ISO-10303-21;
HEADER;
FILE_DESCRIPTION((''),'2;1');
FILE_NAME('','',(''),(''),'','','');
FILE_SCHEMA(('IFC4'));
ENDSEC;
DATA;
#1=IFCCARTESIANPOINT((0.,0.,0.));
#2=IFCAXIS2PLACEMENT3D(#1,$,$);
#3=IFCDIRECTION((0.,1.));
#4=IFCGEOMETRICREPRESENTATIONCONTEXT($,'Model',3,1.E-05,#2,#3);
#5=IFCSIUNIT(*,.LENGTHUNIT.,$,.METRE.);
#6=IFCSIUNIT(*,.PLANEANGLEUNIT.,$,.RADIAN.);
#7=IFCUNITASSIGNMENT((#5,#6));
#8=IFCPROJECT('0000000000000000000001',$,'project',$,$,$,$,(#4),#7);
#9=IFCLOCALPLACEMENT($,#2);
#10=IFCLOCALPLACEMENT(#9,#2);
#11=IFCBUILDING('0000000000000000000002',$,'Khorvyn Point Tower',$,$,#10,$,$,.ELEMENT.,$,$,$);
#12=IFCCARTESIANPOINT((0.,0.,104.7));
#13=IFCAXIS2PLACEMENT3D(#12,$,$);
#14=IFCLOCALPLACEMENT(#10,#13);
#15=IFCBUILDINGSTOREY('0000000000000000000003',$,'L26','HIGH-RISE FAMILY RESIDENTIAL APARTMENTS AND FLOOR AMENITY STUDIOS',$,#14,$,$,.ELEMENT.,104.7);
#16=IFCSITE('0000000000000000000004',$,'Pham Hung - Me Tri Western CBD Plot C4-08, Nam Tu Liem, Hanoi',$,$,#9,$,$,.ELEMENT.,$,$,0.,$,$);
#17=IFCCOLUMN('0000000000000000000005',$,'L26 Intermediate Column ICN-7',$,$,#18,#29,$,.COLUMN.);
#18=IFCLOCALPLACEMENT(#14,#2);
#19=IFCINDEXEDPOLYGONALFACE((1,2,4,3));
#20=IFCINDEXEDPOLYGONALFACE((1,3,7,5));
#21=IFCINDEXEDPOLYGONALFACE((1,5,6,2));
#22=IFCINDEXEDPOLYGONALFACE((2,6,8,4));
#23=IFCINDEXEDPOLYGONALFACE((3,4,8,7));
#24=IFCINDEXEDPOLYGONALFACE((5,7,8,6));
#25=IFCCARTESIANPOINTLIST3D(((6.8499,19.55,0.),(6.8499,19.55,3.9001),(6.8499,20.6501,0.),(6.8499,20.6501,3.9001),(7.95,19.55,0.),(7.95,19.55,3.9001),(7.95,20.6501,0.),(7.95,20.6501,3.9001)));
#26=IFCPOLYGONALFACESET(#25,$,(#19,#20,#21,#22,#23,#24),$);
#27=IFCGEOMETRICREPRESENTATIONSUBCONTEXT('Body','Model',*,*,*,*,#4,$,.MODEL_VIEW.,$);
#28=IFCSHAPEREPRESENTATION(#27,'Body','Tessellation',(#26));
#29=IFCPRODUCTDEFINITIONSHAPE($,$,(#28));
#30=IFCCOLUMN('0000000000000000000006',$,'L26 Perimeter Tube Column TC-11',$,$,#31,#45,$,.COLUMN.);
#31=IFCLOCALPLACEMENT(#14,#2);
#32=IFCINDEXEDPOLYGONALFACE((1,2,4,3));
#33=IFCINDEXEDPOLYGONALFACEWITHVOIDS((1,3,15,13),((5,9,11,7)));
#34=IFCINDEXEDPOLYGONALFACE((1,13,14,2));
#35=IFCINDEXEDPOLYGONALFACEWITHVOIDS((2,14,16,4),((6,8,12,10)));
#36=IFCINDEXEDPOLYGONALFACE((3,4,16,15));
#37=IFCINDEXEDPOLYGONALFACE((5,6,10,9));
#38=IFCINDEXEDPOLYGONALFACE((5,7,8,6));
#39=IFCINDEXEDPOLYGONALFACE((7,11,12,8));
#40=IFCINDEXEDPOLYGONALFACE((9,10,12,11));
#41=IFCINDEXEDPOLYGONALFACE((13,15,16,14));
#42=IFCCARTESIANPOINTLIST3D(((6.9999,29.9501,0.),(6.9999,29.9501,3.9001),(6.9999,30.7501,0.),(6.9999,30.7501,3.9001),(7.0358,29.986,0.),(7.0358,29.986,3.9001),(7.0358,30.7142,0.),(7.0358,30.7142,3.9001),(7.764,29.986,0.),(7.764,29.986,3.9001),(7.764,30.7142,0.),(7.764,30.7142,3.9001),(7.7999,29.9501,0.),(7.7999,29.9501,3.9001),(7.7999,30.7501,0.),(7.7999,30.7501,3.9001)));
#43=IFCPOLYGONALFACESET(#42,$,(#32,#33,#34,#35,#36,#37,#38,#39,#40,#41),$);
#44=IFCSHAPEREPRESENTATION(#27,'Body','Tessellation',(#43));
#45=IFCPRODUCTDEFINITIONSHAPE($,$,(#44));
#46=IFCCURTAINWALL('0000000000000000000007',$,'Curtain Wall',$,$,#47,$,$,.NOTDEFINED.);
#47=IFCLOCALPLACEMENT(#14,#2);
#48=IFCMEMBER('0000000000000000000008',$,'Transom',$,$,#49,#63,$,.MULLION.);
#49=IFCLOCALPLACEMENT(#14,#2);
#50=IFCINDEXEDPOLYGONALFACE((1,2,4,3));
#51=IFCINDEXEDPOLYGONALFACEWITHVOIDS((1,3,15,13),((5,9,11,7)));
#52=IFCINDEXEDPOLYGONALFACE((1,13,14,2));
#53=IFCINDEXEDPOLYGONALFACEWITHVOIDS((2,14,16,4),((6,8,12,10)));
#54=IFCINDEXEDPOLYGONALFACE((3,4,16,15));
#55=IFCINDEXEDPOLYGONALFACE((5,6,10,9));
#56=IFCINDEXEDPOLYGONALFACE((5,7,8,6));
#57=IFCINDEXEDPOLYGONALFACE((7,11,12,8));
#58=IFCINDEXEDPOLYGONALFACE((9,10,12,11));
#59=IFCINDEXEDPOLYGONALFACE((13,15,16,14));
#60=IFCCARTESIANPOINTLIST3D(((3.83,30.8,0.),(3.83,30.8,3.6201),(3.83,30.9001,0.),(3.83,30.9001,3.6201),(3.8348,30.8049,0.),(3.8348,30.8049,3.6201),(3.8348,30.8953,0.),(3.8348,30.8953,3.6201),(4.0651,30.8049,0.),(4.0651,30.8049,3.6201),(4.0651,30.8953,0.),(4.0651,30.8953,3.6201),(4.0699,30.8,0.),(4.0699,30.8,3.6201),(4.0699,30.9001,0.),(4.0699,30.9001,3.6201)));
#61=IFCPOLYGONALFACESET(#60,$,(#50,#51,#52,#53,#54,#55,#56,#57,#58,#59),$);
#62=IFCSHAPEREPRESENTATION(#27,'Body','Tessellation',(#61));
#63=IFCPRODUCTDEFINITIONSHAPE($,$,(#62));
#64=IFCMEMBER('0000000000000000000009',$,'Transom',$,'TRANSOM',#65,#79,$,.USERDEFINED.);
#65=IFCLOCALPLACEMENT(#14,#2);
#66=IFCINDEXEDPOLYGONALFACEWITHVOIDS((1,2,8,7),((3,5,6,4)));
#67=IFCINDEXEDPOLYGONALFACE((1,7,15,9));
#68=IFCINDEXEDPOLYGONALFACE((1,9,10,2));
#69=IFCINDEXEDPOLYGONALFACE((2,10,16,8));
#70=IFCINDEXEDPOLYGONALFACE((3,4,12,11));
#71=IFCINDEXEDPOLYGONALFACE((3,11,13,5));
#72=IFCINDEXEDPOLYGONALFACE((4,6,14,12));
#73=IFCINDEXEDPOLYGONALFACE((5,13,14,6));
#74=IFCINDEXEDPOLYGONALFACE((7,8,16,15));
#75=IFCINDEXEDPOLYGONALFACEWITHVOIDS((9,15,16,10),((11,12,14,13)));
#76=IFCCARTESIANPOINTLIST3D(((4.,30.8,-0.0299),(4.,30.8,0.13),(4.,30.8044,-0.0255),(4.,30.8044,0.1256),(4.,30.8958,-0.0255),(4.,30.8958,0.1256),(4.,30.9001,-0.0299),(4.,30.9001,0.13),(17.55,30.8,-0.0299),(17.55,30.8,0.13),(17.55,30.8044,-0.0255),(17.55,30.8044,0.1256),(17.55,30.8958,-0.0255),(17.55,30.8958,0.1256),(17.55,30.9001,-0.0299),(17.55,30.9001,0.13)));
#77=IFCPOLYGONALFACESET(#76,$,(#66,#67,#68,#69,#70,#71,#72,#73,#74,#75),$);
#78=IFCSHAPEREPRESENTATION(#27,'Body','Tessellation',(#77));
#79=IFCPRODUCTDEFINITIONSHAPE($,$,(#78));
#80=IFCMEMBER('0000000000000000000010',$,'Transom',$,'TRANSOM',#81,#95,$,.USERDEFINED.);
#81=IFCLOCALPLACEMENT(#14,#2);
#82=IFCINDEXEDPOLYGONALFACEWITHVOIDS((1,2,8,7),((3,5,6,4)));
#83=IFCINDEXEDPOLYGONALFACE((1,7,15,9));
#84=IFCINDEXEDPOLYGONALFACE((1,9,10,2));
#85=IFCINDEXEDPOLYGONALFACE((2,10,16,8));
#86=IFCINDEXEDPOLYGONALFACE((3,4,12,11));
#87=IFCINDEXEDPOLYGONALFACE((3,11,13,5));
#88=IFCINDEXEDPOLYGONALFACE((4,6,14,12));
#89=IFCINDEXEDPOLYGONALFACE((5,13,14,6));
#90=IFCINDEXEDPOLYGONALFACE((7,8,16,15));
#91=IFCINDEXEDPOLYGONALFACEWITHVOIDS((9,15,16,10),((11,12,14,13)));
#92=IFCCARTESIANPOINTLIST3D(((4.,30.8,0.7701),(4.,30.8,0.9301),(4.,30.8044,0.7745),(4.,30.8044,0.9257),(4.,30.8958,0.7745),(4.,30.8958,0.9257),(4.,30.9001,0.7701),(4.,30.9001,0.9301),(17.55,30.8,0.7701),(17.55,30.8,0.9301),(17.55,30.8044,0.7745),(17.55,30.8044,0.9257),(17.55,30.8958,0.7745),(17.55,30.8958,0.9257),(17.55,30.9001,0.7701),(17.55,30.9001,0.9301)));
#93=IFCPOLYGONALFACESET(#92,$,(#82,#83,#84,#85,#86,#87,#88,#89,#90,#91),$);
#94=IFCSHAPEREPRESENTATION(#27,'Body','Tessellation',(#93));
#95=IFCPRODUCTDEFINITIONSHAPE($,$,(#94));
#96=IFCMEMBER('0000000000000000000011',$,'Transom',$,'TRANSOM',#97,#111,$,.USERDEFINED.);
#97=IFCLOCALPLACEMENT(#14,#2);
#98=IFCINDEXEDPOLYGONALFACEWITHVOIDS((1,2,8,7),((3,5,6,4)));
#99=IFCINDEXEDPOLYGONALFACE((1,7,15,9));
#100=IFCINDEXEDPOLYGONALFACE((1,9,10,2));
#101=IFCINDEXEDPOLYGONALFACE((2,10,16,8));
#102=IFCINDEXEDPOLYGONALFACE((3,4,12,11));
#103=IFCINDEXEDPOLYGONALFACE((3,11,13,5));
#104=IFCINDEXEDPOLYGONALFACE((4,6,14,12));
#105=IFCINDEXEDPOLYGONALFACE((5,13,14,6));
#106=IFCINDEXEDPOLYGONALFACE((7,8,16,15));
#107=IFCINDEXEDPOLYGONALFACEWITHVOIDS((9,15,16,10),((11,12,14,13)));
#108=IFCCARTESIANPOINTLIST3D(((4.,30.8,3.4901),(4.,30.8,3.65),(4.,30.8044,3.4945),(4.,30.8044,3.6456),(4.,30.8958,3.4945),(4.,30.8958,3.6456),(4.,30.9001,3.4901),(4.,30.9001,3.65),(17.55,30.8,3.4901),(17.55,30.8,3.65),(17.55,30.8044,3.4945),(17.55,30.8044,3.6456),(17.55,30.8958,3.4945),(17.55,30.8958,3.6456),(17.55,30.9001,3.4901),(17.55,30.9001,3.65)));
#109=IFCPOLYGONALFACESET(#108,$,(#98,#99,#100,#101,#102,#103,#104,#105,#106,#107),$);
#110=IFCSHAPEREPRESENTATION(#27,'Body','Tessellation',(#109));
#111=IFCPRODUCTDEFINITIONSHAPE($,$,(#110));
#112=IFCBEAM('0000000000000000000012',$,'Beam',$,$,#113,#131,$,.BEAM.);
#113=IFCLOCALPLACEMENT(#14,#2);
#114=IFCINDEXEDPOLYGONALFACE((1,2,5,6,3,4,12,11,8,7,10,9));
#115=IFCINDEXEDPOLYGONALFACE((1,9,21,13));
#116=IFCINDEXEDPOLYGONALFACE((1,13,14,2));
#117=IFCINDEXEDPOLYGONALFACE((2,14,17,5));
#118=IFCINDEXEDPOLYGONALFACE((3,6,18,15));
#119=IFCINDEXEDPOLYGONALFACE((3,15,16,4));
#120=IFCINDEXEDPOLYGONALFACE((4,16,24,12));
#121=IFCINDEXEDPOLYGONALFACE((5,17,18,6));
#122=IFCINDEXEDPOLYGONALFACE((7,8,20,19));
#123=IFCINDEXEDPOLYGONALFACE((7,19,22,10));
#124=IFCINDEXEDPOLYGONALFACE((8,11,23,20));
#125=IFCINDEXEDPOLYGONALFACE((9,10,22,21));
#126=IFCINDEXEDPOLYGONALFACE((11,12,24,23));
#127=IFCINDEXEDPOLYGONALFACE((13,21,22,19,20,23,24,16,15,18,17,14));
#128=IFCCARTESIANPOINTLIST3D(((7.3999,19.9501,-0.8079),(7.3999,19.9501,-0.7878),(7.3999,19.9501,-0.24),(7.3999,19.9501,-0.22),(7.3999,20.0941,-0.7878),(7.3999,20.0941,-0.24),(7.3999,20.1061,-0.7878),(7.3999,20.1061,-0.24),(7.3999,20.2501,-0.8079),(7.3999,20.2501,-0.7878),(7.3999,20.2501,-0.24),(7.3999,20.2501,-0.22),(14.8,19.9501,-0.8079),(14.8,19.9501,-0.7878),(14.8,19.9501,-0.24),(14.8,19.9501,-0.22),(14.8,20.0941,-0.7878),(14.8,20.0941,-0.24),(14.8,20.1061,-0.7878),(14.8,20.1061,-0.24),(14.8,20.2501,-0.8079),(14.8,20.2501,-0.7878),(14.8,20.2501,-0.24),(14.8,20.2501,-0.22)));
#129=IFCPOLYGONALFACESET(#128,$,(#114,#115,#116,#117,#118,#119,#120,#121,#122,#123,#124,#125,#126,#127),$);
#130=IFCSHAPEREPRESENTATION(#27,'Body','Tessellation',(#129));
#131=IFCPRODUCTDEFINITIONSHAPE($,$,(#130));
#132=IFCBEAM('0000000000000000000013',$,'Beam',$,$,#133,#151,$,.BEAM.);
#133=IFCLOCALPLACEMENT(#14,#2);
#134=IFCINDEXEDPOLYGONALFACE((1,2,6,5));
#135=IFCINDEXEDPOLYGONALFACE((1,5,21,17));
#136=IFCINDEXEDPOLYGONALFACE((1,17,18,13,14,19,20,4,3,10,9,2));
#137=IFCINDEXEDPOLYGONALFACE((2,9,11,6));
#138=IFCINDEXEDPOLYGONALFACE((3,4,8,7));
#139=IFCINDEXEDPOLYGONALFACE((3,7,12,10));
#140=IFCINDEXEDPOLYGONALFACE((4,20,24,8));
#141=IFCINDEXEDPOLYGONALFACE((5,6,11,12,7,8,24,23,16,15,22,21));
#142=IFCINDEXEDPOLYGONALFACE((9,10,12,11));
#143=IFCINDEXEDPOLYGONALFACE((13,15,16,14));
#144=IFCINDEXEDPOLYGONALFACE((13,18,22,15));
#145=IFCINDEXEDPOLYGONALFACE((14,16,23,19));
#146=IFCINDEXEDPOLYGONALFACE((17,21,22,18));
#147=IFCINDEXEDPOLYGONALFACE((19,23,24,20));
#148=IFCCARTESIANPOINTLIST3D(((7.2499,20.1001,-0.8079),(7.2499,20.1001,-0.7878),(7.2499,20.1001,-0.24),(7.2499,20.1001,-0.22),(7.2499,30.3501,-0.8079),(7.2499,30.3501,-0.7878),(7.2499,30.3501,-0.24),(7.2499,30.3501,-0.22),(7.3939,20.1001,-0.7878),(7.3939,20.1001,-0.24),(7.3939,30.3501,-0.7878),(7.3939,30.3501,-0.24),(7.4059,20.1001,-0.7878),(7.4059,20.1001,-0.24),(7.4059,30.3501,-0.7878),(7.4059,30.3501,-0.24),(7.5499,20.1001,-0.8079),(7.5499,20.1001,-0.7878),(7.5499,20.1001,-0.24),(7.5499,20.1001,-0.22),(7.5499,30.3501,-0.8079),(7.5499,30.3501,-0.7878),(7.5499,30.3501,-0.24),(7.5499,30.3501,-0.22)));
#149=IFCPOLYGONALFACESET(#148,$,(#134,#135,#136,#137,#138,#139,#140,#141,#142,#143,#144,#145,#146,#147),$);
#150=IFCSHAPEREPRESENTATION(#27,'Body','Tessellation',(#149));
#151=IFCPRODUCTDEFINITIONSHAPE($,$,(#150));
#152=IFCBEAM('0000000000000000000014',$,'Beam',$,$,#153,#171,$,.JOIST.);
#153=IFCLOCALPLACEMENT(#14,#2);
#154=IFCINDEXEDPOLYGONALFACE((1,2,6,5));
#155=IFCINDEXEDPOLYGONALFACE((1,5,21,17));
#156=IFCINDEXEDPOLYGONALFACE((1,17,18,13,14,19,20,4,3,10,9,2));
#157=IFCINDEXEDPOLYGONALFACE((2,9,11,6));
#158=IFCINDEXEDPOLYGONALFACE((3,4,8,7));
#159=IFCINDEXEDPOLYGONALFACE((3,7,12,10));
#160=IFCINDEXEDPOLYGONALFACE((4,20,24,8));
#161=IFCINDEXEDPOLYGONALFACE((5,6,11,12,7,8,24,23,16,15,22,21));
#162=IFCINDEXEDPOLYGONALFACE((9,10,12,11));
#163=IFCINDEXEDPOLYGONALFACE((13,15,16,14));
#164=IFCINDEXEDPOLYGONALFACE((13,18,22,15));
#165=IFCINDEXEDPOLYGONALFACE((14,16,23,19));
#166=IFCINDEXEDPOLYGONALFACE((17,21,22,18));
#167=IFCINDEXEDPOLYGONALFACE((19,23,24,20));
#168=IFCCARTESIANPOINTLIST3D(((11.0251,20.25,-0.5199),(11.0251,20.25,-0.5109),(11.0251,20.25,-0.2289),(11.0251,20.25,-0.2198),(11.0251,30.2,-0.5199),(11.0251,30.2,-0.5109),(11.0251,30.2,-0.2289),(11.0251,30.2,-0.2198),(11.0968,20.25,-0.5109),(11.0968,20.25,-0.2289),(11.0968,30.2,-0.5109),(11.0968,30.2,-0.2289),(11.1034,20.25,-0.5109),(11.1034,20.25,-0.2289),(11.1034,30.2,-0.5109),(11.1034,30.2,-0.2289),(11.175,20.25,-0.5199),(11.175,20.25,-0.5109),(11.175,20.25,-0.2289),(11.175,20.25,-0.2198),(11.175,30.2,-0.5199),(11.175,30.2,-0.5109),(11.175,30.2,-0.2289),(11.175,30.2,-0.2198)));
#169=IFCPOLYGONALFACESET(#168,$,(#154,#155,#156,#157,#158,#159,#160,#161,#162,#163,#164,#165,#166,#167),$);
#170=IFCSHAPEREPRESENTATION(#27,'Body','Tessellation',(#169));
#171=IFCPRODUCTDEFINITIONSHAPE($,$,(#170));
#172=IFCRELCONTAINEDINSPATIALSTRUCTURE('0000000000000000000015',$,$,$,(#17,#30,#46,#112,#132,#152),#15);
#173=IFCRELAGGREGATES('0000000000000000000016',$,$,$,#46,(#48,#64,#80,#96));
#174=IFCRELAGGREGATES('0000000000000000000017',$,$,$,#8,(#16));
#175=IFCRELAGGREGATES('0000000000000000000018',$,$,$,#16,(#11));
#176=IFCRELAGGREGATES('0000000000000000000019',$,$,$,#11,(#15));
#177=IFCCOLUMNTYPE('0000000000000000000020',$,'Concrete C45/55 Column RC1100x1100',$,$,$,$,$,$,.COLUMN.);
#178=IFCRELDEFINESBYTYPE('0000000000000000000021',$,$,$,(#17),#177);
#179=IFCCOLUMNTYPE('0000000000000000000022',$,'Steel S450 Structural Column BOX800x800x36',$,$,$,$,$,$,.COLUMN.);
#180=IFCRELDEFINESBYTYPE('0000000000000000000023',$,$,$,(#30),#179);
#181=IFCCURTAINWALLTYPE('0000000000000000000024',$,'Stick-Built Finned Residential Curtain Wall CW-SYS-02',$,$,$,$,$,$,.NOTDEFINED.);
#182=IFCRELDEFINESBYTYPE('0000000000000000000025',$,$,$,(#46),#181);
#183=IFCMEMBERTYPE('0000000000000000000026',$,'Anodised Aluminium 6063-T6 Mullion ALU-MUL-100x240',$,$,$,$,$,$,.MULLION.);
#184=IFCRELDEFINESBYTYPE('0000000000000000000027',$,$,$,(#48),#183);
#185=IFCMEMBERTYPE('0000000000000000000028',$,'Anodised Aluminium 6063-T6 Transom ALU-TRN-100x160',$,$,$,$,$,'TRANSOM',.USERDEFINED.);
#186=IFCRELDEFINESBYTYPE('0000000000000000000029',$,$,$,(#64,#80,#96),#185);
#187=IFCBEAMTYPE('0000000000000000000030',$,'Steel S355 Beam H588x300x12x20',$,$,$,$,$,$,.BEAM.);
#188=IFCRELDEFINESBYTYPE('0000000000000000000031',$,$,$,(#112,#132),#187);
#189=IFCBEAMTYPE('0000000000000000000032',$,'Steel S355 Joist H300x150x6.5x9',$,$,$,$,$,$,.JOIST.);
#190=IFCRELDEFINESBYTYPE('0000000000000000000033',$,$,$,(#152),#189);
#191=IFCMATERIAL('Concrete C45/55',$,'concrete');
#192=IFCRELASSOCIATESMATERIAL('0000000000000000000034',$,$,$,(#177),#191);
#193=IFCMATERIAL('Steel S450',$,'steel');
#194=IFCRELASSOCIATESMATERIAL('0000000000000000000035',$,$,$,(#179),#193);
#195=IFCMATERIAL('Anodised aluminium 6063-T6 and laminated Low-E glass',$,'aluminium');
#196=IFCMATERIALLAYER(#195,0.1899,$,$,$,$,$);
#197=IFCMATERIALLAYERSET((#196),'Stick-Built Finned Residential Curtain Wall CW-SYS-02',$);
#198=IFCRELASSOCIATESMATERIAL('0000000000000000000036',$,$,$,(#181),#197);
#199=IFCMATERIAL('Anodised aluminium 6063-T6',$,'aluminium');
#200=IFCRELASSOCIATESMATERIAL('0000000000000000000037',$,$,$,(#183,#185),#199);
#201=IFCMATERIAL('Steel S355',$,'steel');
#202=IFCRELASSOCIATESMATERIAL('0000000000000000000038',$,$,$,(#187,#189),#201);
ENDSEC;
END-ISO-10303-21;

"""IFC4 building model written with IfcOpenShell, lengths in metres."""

from ifc_helpers import new_model, si_unit, direction, frame, origin, origin_2d, place, context, subcontext, project, spatial, rectangle, hollow_rectangle, i_section, extrude, material, layer, layer_set, material_profile, profile_set, type_object, element, aggregate, save


model = new_model("IFC4")

# Units and contexts
model_context = context("Model", 3, precision=1e-05, world=origin(), true_north=direction((0.0, 1.0)))
body_context = subcontext(model_context, "Body", "Model", "MODEL_VIEW")
ifc_project = project(units=[si_unit("LENGTHUNIT", "METRE"), si_unit("PLANEANGLEUNIT", "RADIAN")], contexts=[model_context])

# Site, building, storey
site_placement = place(None, origin())
site = spatial("IfcSite", under=ifc_project, at=site_placement, Name="Pham Hung - Me Tri Western CBD Plot C4-08, Nam Tu Liem, Hanoi", CompositionType="ELEMENT", RefElevation=0.0)
building_placement = place(site_placement, origin())
building = spatial("IfcBuilding", under=site, at=building_placement, Name="Khorvyn Point Tower", CompositionType="ELEMENT")
storey_placement = place(building_placement, frame((0.0, 0.0, 104.7)))
storey = spatial("IfcBuildingStorey", under=building, at=storey_placement, Name="L26", Description="HIGH-RISE FAMILY RESIDENTIAL APARTMENTS AND FLOOR AMENITY STUDIOS", CompositionType="ELEMENT", Elevation=104.7)

# Columns
ifc_material_1 = material(Name="Concrete C45/55", Category="concrete")
ifc_material_profile_1 = material_profile(ifc_material_1, rectangle(XDim=1.1001, YDim=1.1001, at=origin_2d()))
ifc_profile_set_1 = profile_set([ifc_material_profile_1], Name="Concrete C45/55 RC1100x1100")
column_type_1 = type_object("IfcColumnType", Name="Concrete C45/55 Column RC1100x1100", PredefinedType="COLUMN", material=ifc_profile_set_1)
column_1_placement = place(storey_placement, frame((7.3999, 20.1001, 0.0), z_axis=(0.0, 0.0, 1.0), x_axis=(1.0, 0.0, 0.0)))
element("IfcColumn", 1, at=column_1_placement, inside=storey, type_object=column_type_1, Name="L26 Intermediate Column ICN-7", PredefinedType="COLUMN", context=body_context, shape_type="SweptSolid", body=[
    extrude(rectangle(XDim=1.1001, YDim=1.1001, at=origin_2d()), origin(), (0.0, 0.0, 1.0), 3.9001),
])
ifc_material_2 = material(Name="Steel S450", Category="steel")
ifc_material_profile_2 = material_profile(ifc_material_2, hollow_rectangle(XDim=0.8, YDim=0.8, WallThickness=0.0359, at=origin_2d()))
ifc_profile_set_2 = profile_set([ifc_material_profile_2], Name="Steel S450 BOX800x800x36")
column_type_2 = type_object("IfcColumnType", Name="Steel S450 Structural Column BOX800x800x36", PredefinedType="COLUMN", material=ifc_profile_set_2)
column_2_placement = place(storey_placement, frame((7.3999, 30.3501, 0.0), z_axis=(0.0, 0.0, 1.0), x_axis=(1.0, 0.0, 0.0)))
element("IfcColumn", 2, at=column_2_placement, inside=storey, type_object=column_type_2, Name="L26 Perimeter Tube Column TC-11", PredefinedType="COLUMN", context=body_context, shape_type="SweptSolid", body=[
    extrude(hollow_rectangle(XDim=0.8, YDim=0.8, WallThickness=0.0359, at=origin_2d()), origin(), (0.0, 0.0, 1.0), 3.9001),
])

# Curtain wall, members
ifc_material_3 = material(Name="Anodised aluminium 6063-T6 and laminated Low-E glass", Category="aluminium")
ifc_layer_1 = layer(ifc_material_3, 0.1899)
ifc_layer_set_1 = layer_set([ifc_layer_1], Name="Stick-Built Finned Residential Curtain Wall CW-SYS-02")
curtain_wall_type = type_object("IfcCurtainWallType", Name="Stick-Built Finned Residential Curtain Wall CW-SYS-02", PredefinedType="NOTDEFINED", material=ifc_layer_set_1)
curtain_wall_placement = place(storey_placement, origin())
curtain_wall = element("IfcCurtainWall", 3, at=curtain_wall_placement, inside=storey, type_object=curtain_wall_type, Name="Curtain Wall", PredefinedType="NOTDEFINED")
ifc_material_4 = material(Name="Anodised aluminium 6063-T6", Category="aluminium")
ifc_material_profile_3 = material_profile(ifc_material_4, hollow_rectangle(XDim=0.1001, YDim=0.24, WallThickness=0.0049, at=origin_2d()))
ifc_profile_set_3 = profile_set([ifc_material_profile_3], Name="Anodised aluminium 6063-T6 ALU-MUL-100x240")
member_type_1 = type_object("IfcMemberType", Name="Anodised Aluminium 6063-T6 Mullion ALU-MUL-100x240", PredefinedType="MULLION", material=ifc_profile_set_3)
member_1_placement = place(storey_placement, frame((3.95, 30.8501, 0.0), z_axis=(0.0, 0.0, 1.0), x_axis=(0.0, 1.0, 0.0)))
member_1 = element("IfcMember", 4, at=member_1_placement, type_object=member_type_1, Name="Transom", PredefinedType="MULLION", context=body_context, shape_type="SweptSolid", body=[
    extrude(hollow_rectangle(XDim=0.1001, YDim=0.24, WallThickness=0.0049, at=origin_2d()), origin(), (0.0, 0.0, 1.0), 3.6201),
])
ifc_material_profile_4 = material_profile(ifc_material_4, hollow_rectangle(XDim=0.1001, YDim=0.1599, WallThickness=0.0044, at=origin_2d()))
ifc_profile_set_4 = profile_set([ifc_material_profile_4], Name="Anodised aluminium 6063-T6 ALU-TRN-100x160")
member_type_2 = type_object("IfcMemberType", Name="Anodised Aluminium 6063-T6 Transom ALU-TRN-100x160", ElementType="TRANSOM", PredefinedType="USERDEFINED", material=ifc_profile_set_4)
member_2_placement = place(storey_placement, frame((4.0, 30.8501, 0.05), z_axis=(1.0, 0.0, 0.0), x_axis=(0.0, 1.0, 0.0)))
member_2 = element("IfcMember", 5, at=member_2_placement, type_object=member_type_2, Name="Transom", ObjectType="TRANSOM", PredefinedType="USERDEFINED", context=body_context, shape_type="SweptSolid", body=[
    extrude(hollow_rectangle(XDim=0.1001, YDim=0.1599, WallThickness=0.0044, at=origin_2d()), origin(), (0.0, 0.0, 1.0), 13.55),
])
member_3_placement = place(storey_placement, frame((4.0, 30.8501, 0.8501), z_axis=(1.0, 0.0, 0.0), x_axis=(0.0, 1.0, 0.0)))
member_3 = element("IfcMember", 6, at=member_3_placement, type_object=member_type_2, Name="Transom", ObjectType="TRANSOM", PredefinedType="USERDEFINED", context=body_context, shape_type="SweptSolid", body=[
    extrude(hollow_rectangle(XDim=0.1001, YDim=0.1599, WallThickness=0.0044, at=origin_2d()), origin(), (0.0, 0.0, 1.0), 13.55),
])
member_4_placement = place(storey_placement, frame((4.0, 30.8501, 3.5701), z_axis=(1.0, 0.0, 0.0), x_axis=(0.0, 1.0, 0.0)))
member_4 = element("IfcMember", 7, at=member_4_placement, type_object=member_type_2, Name="Transom", ObjectType="TRANSOM", PredefinedType="USERDEFINED", context=body_context, shape_type="SweptSolid", body=[
    extrude(hollow_rectangle(XDim=0.1001, YDim=0.1599, WallThickness=0.0044, at=origin_2d()), origin(), (0.0, 0.0, 1.0), 13.55),
])

# Beams
ifc_material_5 = material(Name="Steel S355", Category="steel")
ifc_material_profile_5 = material_profile(ifc_material_5, i_section(OverallWidth=0.3, OverallDepth=0.5879, WebThickness=0.012, FlangeThickness=0.02, at=origin_2d()))
ifc_profile_set_5 = profile_set([ifc_material_profile_5], Name="Steel S355 H588x300x12x20")
beam_type_1 = type_object("IfcBeamType", Name="Steel S355 Beam H588x300x12x20", PredefinedType="BEAM", material=ifc_profile_set_5)
beam_1_placement = place(storey_placement, frame((7.3999, 20.1001, -0.5139), z_axis=(1.0, 0.0, 0.0), x_axis=(0.0, 1.0, 0.0)))
element("IfcBeam", 8, at=beam_1_placement, inside=storey, type_object=beam_type_1, Name="Beam", PredefinedType="BEAM", context=body_context, shape_type="SweptSolid", body=[
    extrude(i_section(OverallWidth=0.3, OverallDepth=0.5879, WebThickness=0.012, FlangeThickness=0.02, at=origin_2d()), origin(), (0.0, 0.0, 1.0), 7.4001),
])
beam_2_placement = place(storey_placement, frame((7.3999, 20.1001, -0.5139), z_axis=(0.0, 1.0, 0.0), x_axis=(-1.0, 0.0, 0.0)))
element("IfcBeam", 9, at=beam_2_placement, inside=storey, type_object=beam_type_1, Name="Beam", PredefinedType="BEAM", context=body_context, shape_type="SweptSolid", body=[
    extrude(i_section(OverallWidth=0.3, OverallDepth=0.5879, WebThickness=0.012, FlangeThickness=0.02, at=origin_2d()), origin(), (0.0, 0.0, 1.0), 10.25),
])
ifc_material_profile_6 = material_profile(ifc_material_5, i_section(OverallWidth=0.1499, OverallDepth=0.3, WebThickness=0.0066, FlangeThickness=0.009, at=origin_2d()))
ifc_profile_set_6 = profile_set([ifc_material_profile_6], Name="Steel S355 H300x150x6.5x9")
beam_type_2 = type_object("IfcBeamType", Name="Steel S355 Joist H300x150x6.5x9", PredefinedType="JOIST", material=ifc_profile_set_6)
beam_3_placement = place(storey_placement, frame((11.1001, 20.25, -0.3699), z_axis=(0.0, 1.0, 0.0), x_axis=(-1.0, 0.0, 0.0)))
element("IfcBeam", 10, at=beam_3_placement, inside=storey, type_object=beam_type_2, Name="Beam", PredefinedType="JOIST", context=body_context, shape_type="SweptSolid", body=[
    extrude(i_section(OverallWidth=0.1499, OverallDepth=0.3, WebThickness=0.0066, FlangeThickness=0.009, at=origin_2d()), origin(), (0.0, 0.0, 1.0), 9.95),
])

aggregate(curtain_wall, [member_1, member_2, member_3, member_4])

save(model, "model.ifc")
